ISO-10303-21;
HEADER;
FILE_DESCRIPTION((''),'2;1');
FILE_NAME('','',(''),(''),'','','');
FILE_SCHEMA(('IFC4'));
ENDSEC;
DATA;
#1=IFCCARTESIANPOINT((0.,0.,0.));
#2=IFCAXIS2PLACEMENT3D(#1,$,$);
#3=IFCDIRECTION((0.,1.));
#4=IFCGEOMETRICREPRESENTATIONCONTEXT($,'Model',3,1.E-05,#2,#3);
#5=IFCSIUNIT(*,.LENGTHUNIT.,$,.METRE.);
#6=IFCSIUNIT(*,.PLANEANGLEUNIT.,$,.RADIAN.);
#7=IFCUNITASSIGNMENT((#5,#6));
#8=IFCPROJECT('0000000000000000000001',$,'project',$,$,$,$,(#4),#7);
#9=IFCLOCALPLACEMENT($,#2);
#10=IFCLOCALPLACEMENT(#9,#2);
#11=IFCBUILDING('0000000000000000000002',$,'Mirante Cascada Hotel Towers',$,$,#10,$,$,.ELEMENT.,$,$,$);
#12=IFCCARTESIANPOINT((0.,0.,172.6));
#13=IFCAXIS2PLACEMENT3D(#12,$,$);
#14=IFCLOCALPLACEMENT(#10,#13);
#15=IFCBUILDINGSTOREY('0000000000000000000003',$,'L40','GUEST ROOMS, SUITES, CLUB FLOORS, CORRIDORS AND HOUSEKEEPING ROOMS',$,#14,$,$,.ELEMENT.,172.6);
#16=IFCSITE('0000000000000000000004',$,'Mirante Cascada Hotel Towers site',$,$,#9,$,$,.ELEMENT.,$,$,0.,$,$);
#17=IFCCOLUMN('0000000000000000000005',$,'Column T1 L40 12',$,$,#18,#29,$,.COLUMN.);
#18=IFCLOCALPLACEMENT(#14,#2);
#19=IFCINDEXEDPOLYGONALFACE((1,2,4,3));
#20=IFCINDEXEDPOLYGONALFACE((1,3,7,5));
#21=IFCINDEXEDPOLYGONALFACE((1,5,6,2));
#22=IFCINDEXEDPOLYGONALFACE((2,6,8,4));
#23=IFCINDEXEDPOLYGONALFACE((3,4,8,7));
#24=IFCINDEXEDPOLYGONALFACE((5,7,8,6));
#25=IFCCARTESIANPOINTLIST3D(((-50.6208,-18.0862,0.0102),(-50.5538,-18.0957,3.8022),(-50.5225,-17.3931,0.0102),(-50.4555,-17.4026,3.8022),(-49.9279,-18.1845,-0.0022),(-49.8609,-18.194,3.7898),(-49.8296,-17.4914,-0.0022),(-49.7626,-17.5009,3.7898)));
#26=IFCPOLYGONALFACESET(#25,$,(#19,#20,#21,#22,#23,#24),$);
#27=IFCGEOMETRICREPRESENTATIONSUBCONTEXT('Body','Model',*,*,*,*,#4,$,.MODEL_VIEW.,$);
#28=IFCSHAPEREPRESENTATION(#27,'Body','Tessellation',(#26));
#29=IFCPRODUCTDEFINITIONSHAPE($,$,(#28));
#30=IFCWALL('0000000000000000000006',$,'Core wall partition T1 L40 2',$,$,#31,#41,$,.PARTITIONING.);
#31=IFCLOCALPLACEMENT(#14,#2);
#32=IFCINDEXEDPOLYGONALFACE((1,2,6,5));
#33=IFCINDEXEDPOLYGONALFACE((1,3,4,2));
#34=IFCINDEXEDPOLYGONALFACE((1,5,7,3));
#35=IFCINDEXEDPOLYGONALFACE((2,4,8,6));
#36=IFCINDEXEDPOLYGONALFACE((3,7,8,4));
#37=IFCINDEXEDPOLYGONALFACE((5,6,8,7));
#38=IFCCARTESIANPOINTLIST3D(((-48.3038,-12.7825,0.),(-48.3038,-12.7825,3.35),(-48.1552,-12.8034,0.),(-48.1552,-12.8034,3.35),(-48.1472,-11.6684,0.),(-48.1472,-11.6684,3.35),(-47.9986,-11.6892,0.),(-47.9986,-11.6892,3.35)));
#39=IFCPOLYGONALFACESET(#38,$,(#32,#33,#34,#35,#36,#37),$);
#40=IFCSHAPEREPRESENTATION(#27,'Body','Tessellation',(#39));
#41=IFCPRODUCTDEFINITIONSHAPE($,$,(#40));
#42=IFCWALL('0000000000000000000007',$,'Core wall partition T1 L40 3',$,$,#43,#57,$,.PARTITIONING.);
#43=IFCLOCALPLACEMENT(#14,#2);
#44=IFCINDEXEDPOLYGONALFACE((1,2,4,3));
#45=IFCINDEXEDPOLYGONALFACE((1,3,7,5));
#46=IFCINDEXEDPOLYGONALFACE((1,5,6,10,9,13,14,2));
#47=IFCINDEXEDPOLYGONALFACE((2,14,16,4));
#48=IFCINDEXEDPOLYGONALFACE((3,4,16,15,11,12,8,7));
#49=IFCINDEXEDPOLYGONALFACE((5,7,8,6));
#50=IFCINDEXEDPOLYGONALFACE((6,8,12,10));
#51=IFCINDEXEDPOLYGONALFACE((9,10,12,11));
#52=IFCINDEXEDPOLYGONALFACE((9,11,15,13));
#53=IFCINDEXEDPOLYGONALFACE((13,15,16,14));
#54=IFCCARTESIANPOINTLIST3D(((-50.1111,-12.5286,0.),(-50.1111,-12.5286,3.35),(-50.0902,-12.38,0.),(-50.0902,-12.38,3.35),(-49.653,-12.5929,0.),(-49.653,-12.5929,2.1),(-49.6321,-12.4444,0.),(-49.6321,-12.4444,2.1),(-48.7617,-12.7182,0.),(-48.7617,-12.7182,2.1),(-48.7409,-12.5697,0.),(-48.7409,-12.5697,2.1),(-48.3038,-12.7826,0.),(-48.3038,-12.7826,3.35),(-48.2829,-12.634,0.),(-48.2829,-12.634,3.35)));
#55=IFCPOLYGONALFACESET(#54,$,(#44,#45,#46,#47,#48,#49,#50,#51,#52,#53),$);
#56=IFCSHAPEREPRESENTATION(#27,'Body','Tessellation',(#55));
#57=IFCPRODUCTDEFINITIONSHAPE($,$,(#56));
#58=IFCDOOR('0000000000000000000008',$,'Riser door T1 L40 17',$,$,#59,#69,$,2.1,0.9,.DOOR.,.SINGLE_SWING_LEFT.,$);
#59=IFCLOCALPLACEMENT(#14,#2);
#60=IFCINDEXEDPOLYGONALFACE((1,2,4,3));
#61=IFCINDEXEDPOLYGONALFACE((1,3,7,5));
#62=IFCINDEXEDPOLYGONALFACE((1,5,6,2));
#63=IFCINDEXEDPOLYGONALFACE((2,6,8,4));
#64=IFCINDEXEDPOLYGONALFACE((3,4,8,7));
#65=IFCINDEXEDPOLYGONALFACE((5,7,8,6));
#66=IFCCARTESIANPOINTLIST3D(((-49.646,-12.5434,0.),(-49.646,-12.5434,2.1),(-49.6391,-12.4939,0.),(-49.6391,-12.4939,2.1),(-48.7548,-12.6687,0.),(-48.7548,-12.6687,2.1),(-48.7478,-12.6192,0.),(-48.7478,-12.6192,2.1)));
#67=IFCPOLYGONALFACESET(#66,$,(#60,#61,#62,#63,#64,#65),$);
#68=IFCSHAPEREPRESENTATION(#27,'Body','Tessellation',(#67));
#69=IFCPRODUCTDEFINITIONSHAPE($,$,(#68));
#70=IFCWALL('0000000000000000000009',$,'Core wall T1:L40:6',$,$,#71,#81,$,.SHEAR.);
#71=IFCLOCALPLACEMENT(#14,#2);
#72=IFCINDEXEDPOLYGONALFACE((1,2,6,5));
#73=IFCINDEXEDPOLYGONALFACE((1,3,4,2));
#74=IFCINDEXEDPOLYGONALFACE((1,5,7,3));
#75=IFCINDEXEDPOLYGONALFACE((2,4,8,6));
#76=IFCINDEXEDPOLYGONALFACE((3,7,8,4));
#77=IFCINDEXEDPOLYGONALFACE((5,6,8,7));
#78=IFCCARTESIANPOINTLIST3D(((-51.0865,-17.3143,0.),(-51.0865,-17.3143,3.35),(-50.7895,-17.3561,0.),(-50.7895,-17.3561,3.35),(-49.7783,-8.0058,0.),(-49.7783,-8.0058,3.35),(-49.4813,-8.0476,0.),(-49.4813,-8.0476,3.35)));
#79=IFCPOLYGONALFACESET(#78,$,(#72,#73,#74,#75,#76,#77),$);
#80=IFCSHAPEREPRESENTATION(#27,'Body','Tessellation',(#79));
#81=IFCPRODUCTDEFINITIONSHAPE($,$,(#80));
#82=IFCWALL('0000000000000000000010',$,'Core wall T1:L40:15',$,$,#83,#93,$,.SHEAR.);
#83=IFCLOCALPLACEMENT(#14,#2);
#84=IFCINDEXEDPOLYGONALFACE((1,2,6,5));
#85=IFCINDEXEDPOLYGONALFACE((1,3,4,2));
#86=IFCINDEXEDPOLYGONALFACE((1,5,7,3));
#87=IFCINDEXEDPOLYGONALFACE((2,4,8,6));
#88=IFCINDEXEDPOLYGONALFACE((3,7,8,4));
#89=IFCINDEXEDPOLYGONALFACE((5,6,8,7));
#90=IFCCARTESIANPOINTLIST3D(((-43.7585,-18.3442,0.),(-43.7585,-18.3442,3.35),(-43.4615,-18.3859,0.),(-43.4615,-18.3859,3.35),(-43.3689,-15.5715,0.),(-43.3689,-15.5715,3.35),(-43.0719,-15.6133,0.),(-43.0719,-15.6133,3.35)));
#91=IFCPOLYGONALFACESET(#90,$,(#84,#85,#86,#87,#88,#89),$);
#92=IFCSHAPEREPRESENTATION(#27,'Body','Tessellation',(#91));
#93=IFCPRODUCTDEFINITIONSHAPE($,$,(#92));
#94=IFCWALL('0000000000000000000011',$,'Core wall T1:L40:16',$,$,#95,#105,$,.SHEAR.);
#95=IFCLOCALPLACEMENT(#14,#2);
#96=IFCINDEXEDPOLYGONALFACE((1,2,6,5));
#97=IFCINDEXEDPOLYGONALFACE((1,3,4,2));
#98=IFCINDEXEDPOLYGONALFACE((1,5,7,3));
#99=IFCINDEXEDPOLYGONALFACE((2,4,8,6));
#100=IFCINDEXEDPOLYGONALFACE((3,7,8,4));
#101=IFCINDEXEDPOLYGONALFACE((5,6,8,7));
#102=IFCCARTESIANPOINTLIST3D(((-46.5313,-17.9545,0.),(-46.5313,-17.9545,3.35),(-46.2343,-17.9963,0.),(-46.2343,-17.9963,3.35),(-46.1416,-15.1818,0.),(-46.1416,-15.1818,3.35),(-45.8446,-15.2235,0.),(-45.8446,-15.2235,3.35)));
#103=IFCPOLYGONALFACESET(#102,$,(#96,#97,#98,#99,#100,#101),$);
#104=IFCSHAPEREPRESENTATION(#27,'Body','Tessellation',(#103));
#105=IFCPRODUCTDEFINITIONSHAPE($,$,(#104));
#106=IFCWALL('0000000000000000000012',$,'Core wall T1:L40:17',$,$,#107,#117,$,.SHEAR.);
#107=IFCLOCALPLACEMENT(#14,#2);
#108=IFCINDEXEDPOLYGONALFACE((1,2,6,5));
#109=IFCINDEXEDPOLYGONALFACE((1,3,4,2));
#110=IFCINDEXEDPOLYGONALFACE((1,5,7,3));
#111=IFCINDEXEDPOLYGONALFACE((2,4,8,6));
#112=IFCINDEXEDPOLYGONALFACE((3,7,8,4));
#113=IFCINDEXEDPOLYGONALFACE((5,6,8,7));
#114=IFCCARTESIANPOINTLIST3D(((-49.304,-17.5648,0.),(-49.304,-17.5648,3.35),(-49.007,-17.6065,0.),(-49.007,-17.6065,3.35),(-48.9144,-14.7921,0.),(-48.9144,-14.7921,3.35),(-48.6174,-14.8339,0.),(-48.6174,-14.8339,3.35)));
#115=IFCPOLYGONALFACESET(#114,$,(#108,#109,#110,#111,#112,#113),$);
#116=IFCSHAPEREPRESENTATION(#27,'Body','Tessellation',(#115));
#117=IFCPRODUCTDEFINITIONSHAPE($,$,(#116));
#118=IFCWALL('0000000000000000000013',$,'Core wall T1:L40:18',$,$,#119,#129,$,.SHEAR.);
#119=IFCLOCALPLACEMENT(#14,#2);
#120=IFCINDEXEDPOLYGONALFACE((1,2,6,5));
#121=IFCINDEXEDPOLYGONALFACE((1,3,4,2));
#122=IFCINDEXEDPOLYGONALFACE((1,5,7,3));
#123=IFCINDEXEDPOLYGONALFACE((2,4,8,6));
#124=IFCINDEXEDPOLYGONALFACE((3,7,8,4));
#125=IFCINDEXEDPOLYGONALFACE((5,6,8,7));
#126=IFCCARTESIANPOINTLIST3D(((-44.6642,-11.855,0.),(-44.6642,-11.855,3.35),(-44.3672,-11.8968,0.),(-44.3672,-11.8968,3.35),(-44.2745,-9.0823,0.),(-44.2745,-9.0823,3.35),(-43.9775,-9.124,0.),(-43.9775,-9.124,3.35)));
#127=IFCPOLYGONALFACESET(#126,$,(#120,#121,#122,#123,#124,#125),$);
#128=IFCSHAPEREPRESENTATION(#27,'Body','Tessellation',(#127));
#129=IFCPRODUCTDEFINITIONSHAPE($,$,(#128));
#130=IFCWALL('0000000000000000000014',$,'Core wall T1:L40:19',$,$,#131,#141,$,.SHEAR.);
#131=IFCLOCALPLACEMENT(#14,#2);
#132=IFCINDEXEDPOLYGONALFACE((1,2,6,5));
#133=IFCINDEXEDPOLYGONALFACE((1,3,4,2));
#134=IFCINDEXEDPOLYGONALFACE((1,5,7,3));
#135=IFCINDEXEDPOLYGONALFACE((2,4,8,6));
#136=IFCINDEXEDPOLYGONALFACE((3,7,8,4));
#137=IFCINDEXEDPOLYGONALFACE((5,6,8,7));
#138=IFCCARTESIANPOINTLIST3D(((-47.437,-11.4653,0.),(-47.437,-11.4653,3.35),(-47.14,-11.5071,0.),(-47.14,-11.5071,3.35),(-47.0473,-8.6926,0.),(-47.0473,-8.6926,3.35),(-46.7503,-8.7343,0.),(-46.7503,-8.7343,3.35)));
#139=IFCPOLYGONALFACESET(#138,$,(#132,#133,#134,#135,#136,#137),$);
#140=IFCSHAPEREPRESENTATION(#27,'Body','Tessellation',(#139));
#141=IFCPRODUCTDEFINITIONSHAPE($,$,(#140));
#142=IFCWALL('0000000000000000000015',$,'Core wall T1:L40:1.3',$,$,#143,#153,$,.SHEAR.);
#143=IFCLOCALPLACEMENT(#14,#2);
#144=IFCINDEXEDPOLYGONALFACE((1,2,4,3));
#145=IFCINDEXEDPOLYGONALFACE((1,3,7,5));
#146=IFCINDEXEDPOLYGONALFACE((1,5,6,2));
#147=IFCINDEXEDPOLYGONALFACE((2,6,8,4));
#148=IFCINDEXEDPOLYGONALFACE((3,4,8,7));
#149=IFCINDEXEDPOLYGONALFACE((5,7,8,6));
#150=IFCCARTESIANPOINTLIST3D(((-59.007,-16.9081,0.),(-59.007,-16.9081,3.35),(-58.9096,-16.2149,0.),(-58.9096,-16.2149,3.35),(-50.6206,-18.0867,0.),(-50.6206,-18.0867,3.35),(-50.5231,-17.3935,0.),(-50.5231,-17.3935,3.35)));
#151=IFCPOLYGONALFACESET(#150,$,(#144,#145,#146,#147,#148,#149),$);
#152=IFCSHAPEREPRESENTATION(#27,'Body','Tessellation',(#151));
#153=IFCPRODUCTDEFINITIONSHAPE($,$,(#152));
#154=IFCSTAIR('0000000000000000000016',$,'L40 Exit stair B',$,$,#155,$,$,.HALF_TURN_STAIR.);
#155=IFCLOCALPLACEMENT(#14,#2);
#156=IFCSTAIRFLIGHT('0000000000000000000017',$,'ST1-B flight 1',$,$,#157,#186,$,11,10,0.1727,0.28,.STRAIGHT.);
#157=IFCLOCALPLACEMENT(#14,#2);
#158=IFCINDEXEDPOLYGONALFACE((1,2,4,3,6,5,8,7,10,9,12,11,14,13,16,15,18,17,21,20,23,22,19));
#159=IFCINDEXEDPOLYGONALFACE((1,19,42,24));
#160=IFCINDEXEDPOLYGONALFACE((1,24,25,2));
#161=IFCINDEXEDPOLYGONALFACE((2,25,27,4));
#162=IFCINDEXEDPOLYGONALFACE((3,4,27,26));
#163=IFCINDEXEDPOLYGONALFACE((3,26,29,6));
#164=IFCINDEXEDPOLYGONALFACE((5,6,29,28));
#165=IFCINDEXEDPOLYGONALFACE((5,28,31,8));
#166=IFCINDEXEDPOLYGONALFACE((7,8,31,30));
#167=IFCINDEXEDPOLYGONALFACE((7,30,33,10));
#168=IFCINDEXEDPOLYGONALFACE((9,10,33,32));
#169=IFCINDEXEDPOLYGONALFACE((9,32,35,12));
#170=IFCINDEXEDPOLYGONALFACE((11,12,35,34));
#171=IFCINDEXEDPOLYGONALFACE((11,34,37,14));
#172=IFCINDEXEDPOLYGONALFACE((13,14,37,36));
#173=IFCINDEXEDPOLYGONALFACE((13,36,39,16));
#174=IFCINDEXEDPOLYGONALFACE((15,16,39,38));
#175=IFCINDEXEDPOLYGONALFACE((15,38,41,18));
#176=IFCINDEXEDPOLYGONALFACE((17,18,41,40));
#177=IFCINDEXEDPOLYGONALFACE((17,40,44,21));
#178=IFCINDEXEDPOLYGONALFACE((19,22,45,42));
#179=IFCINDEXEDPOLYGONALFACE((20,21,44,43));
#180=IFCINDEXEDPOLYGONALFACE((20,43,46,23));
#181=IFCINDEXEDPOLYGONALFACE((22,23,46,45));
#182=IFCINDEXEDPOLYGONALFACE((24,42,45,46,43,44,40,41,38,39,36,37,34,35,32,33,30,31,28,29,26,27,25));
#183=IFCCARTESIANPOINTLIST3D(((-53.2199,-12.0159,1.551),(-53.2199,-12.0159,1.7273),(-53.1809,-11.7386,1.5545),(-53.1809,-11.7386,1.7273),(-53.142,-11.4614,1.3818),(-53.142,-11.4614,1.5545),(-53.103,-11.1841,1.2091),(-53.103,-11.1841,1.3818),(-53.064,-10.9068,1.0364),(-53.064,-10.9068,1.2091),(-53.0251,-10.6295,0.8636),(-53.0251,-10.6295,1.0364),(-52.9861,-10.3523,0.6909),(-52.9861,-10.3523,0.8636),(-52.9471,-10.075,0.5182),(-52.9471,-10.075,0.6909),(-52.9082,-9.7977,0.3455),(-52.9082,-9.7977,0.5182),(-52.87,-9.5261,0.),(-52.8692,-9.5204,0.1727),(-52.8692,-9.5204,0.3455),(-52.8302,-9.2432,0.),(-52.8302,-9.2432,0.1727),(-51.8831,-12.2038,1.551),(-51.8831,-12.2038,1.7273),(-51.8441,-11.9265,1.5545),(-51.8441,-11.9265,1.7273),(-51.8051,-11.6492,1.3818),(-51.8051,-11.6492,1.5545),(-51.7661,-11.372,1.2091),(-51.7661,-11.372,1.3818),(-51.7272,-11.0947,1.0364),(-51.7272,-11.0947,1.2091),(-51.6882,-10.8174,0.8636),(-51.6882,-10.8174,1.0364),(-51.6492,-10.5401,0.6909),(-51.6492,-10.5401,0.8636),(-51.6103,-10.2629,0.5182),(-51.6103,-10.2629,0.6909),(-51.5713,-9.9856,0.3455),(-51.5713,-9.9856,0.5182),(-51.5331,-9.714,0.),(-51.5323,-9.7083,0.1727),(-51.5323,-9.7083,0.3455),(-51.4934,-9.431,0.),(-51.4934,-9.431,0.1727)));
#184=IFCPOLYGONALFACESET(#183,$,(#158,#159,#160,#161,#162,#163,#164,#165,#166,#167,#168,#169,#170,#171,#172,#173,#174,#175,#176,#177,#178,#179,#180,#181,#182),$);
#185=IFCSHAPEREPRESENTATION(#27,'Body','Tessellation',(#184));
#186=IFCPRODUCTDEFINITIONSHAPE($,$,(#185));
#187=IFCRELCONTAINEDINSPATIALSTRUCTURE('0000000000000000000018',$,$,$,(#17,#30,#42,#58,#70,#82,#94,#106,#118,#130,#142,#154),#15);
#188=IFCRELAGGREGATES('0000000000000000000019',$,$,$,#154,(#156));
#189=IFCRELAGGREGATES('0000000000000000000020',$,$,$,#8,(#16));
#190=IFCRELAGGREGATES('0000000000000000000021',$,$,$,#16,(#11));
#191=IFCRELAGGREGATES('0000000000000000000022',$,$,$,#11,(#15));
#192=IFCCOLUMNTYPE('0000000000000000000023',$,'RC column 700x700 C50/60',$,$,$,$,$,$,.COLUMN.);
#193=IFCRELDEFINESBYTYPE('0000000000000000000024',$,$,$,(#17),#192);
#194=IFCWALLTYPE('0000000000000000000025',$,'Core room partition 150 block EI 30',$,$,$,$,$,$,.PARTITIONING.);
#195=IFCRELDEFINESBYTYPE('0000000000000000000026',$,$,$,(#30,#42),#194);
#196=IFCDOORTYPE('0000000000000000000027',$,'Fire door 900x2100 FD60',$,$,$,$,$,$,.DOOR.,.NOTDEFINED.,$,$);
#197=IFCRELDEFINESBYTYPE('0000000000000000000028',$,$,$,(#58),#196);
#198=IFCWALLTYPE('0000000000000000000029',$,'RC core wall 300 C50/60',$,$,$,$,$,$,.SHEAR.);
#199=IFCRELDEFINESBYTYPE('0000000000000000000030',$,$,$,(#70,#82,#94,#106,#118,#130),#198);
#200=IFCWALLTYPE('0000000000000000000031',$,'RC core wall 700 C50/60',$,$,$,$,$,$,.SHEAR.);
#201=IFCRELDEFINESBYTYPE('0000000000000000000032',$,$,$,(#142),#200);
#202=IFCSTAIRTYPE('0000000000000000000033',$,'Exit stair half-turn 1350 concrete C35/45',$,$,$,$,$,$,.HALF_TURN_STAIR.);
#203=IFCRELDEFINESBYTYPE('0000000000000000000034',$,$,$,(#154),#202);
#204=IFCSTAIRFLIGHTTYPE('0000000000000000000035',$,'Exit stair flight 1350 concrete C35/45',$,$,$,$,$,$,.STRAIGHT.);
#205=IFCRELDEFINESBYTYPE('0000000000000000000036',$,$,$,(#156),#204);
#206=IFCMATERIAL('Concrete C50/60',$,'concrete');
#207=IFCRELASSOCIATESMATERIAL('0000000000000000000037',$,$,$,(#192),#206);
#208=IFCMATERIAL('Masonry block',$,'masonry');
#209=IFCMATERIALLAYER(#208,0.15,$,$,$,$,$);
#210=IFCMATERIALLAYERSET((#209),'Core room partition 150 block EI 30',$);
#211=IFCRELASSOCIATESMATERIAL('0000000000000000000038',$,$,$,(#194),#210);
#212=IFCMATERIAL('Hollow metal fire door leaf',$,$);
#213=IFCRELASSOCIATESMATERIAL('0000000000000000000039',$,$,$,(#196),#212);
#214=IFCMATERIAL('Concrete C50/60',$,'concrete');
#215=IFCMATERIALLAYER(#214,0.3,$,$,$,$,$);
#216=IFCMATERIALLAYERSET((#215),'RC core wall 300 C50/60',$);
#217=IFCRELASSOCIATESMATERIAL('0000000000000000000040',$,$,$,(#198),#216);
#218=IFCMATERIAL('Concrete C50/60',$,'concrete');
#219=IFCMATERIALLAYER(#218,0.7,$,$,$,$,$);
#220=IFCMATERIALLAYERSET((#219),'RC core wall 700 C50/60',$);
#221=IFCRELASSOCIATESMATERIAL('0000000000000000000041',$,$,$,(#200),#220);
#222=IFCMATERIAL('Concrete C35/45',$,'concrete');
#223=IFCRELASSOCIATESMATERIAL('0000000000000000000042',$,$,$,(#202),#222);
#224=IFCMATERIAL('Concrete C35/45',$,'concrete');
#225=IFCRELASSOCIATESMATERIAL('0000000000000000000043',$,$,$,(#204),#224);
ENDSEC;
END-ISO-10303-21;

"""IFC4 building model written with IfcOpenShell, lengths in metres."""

from ifc_helpers import new_model, si_unit, direction, frame, frame_2d, origin, origin_2d, place, context, subcontext, project, spatial, polyline, rectangle, outline, extrude, material, layer, layer_set, material_profile, profile_set, type_object, element, fill, aggregate, save


model = new_model("IFC4")

# Units and contexts
model_context = context("Model", 3, precision=1e-05, world=origin(), true_north=direction((0.0, 1.0)))
body_context = subcontext(model_context, "Body", "Model", "MODEL_VIEW")
ifc_project = project(units=[si_unit("LENGTHUNIT", "METRE"), si_unit("PLANEANGLEUNIT", "RADIAN")], contexts=[model_context])

# Site, building, storey
site_placement = place(None, origin())
site = spatial("IfcSite", under=ifc_project, at=site_placement, Name="Mirante Cascada Hotel Towers site", CompositionType="ELEMENT", RefElevation=0.0)
building_placement = place(site_placement, origin())
building = spatial("IfcBuilding", under=site, at=building_placement, Name="Mirante Cascada Hotel Towers", CompositionType="ELEMENT")
storey_placement = place(building_placement, frame((0.0, 0.0, 172.6)))
storey = spatial("IfcBuildingStorey", under=building, at=storey_placement, Name="L40", Description="GUEST ROOMS, SUITES, CLUB FLOORS, CORRIDORS AND HOUSEKEEPING ROOMS", CompositionType="ELEMENT", Elevation=172.6)

# Column
ifc_material_1 = material(Name="Concrete C50/60", Category="concrete")
ifc_material_profile = material_profile(ifc_material_1, rectangle(XDim=0.7, YDim=0.7, at=origin_2d()), Name="RC column 700x700 C50/60")
ifc_profile_set = profile_set([ifc_material_profile], Name="Concrete C50/60")
column_type = type_object("IfcColumnType", Name="RC column 700x700 C50/60", PredefinedType="COLUMN", material=ifc_profile_set)
column_placement = place(storey_placement, frame((-50.2252, -17.7888, 0.004), z_axis=(0.017666, -0.002505, 0.999841), x_axis=(0.140387, 0.990097, 0.0)))
element("IfcColumn", 1, at=column_placement, inside=storey, type_object=column_type, Name="Column T1 L40 12", PredefinedType="COLUMN", context=body_context, shape_type="SweptSolid", body=[
    extrude(rectangle(XDim=0.7, YDim=0.7, at=origin_2d()), origin(), (0.0, 0.0, 1.0), 3.7926),
])

# Wall
ifc_material_2 = material(Name="Masonry block", Category="masonry")
ifc_layer_1 = layer(ifc_material_2, 0.15)
ifc_layer_set_1 = layer_set([ifc_layer_1], Name="Core room partition 150 block EI 30")
wall_type_1 = type_object("IfcWallType", Name="Core room partition 150 block EI 30", PredefinedType="PARTITIONING", material=ifc_layer_set_1)
wall_1_placement = place(storey_placement, frame((-48.2295, -12.793, 0.0), z_axis=(0.0, 0.0, 1.0), x_axis=(0.139193, 0.990265, 0.0)))
element("IfcWall", 2, at=wall_1_placement, inside=storey, type_object=wall_type_1, Name="Core wall partition T1 L40 2", PredefinedType="PARTITIONING", context=body_context, shape_type="SweptSolid", body=[
    extrude(rectangle(XDim=1.1251, YDim=0.15, at=frame_2d((0.5626, 0.0))), origin(), (0.0, 0.0, 1.0), 3.35),
])

# Wall, opening, door
wall_2_placement = place(storey_placement, frame((-48.2933, -12.7083, 0.0), z_axis=(0.0, 0.0, 1.0), x_axis=(-0.990268, 0.139173, 0.0)))
wall_2 = element("IfcWall", 3, at=wall_2_placement, inside=storey, type_object=wall_type_1, Name="Core wall partition T1 L40 3", PredefinedType="PARTITIONING", context=body_context, shape_type="SweptSolid", body=[
    extrude(rectangle(XDim=1.8251, YDim=0.15, at=frame_2d((0.9126, 0.0))), origin(), (0.0, 0.0, 1.0), 3.35),
])
opening_placement = place(wall_2_placement, frame((0.4625, 0.0, 0.0)))
opening = element("IfcOpeningElement", 4, at=opening_placement, cuts=wall_2, PredefinedType="OPENING", context=body_context, shape_type="SweptSolid", body=[
    extrude(rectangle(XDim=0.9, YDim=2.1, at=frame_2d((0.45, 1.05))), frame((0.0, 0.075, 0.0), z_axis=(0.0, -1.0, 0.0), x_axis=(1.0, 0.0, 0.0)), (0.0, 0.0, 1.0), 0.15),
])
ifc_material_3 = material(Name="Hollow metal fire door leaf")
door_type = type_object("IfcDoorType", Name="Fire door 900x2100 FD60", OperationType="NOTDEFINED", PredefinedType="DOOR", material=ifc_material_3)
door_placement = place(opening_placement, origin())
door = element("IfcDoor", 5, at=door_placement, inside=storey, type_object=door_type, Name="Riser door T1 L40 17", OperationType="SINGLE_SWING_LEFT", OverallHeight=2.1, OverallWidth=0.9, PredefinedType="DOOR", context=body_context, shape_type="SweptSolid", body=[
    extrude(rectangle(XDim=0.9, YDim=2.1, at=frame_2d((0.45, 1.05))), frame((0.0, 0.025, 0.0), z_axis=(0.0, -1.0, 0.0), x_axis=(1.0, 0.0, 0.0)), (0.0, 0.0, 1.0), 0.05),
])
fill(opening, door)

# Walls
ifc_material_4 = material(Name="Concrete C50/60", Category="concrete")
ifc_layer_2 = layer(ifc_material_4, 0.3)
ifc_layer_set_2 = layer_set([ifc_layer_2], Name="RC core wall 300 C50/60")
wall_type_2 = type_object("IfcWallType", Name="RC core wall 300 C50/60", PredefinedType="SHEAR", material=ifc_layer_set_2)
wall_3_placement = place(storey_placement, frame((-50.938, -17.3352, 0.0), z_axis=(0.0, 0.0, 1.0), x_axis=(0.139171, 0.990268, 0.0)))
element("IfcWall", 6, at=wall_3_placement, inside=storey, type_object=wall_type_2, Name="Core wall T1:L40:6", PredefinedType="SHEAR", context=body_context, shape_type="SweptSolid", body=[
    extrude(rectangle(XDim=9.4, YDim=0.3, at=frame_2d((4.7, 0.0))), origin(), (0.0, 0.0, 1.0), 3.35),
])
wall_4_placement = place(storey_placement, frame((-43.61, -18.3651, 0.0), z_axis=(0.0, 0.0, 1.0), x_axis=(0.139146, 0.990272, 0.0)))
element("IfcWall", 7, at=wall_4_placement, inside=storey, type_object=wall_type_2, Name="Core wall T1:L40:15", PredefinedType="SHEAR", context=body_context, shape_type="SweptSolid", body=[
    extrude(rectangle(XDim=2.7999, YDim=0.3, at=frame_2d((1.4, 0.0))), origin(), (0.0, 0.0, 1.0), 3.35),
])
wall_5_placement = place(storey_placement, frame((-46.3828, -17.9754, 0.0), z_axis=(0.0, 0.0, 1.0), x_axis=(0.139181, 0.990267, 0.0)))
element("IfcWall", 8, at=wall_5_placement, inside=storey, type_object=wall_type_2, Name="Core wall T1:L40:16", PredefinedType="SHEAR", context=body_context, shape_type="SweptSolid", body=[
    extrude(rectangle(XDim=2.8, YDim=0.3, at=frame_2d((1.4, 0.0))), origin(), (0.0, 0.0, 1.0), 3.35),
])
wall_6_placement = place(storey_placement, frame((-49.1555, -17.5857, 0.0), z_axis=(0.0, 0.0, 1.0), x_axis=(0.139146, 0.990272, 0.0)))
element("IfcWall", 9, at=wall_6_placement, inside=storey, type_object=wall_type_2, Name="Core wall T1:L40:17", PredefinedType="SHEAR", context=body_context, shape_type="SweptSolid", body=[
    extrude(rectangle(XDim=2.7999, YDim=0.3, at=frame_2d((1.4, 0.0))), origin(), (0.0, 0.0, 1.0), 3.35),
])
for number, where, z_axis, x_axis, name in (
    (10, (-44.5157, -11.8759, 0.0), (0.0, 0.0, 1.0), (0.139181, 0.990267, 0.0), "Core wall T1:L40:18"),
    (11, (-47.2885, -11.4862, 0.0), (0.0, 0.0, 1.0), (0.139181, 0.990267, 0.0), "Core wall T1:L40:19"),
):
    element("IfcWall", number, at=place(storey_placement, frame(where, z_axis=z_axis, x_axis=x_axis)), inside=storey, type_object=wall_type_2, Name=name, PredefinedType="SHEAR", context=body_context, shape_type="SweptSolid", body=[
        extrude(rectangle(XDim=2.8, YDim=0.3, at=frame_2d((1.4, 0.0))), origin(), (0.0, 0.0, 1.0), 3.35),
    ])
ifc_material_5 = material(Name="Concrete C50/60", Category="concrete")
ifc_layer_3 = layer(ifc_material_5, 0.7)
ifc_layer_set_3 = layer_set([ifc_layer_3], Name="RC core wall 700 C50/60")
wall_type_3 = type_object("IfcWallType", Name="RC core wall 700 C50/60", PredefinedType="SHEAR", material=ifc_layer_set_3)
wall_7_placement = place(storey_placement, frame((-50.5719, -17.7401, 0.0), z_axis=(0.0, 0.0, 1.0), x_axis=(-0.990269, 0.139168, 0.0)))
element("IfcWall", 12, at=wall_7_placement, inside=storey, type_object=wall_type_3, Name="Core wall T1:L40:1.3", PredefinedType="SHEAR", context=body_context, shape_type="SweptSolid", body=[
    extrude(rectangle(XDim=8.4689, YDim=0.7, at=frame_2d((4.2344, 0.0))), origin(), (0.0, 0.0, 1.0), 3.35),
])

# Stair, stair flight
ifc_material_6 = material(Name="Concrete C35/45", Category="concrete")
stair_type = type_object("IfcStairType", Name="Exit stair half-turn 1350 concrete C35/45", PredefinedType="HALF_TURN_STAIR", material=ifc_material_6)
stair_placement = place(storey_placement, origin())
stair = element("IfcStair", 13, at=stair_placement, inside=storey, type_object=stair_type, Name="L40 Exit stair B", PredefinedType="HALF_TURN_STAIR")
ifc_material_7 = material(Name="Concrete C35/45", Category="concrete")
stair_flight_type = type_object("IfcStairFlightType", Name="Exit stair flight 1350 concrete C35/45", PredefinedType="STRAIGHT", material=ifc_material_7)
stair_flight_1_placement = place(storey_placement, frame((-52.1618, -9.3371, 0.0), z_axis=(0.0, 0.0, 1.0), x_axis=(-0.139173, -0.990268, 0.0)))
stair_flight_1 = element("IfcStairFlight", 14, at=stair_flight_1_placement, type_object=stair_flight_type, Name="ST1-B flight 1", NumberOfRisers=11, NumberOfTreads=10, PredefinedType="STRAIGHT", RiserHeight=0.1727, TreadLength=0.28, context=body_context, shape_type="SweptSolid", body=[
    extrude(outline(polyline([(0.0, 0.0), (0.0, 0.1727), (0.28, 0.1727), (0.28, 0.3455), (0.56, 0.3455), (0.56, 0.5182), (0.84, 0.5182), (0.84, 0.6909), (1.12, 0.6909), (1.12, 0.8636), (1.4, 0.8636), (1.4, 1.0364), (1.68, 1.0364), (1.68, 1.2091), (1.96, 1.2091), (1.96, 1.3818), (2.24, 1.3818), (2.24, 1.5545), (2.52, 1.5545), (2.52, 1.7273), (2.8, 1.7273), (2.8, 1.9), (2.8, 1.551), (0.2857, 0.0), (0.0, 0.0)])), frame((0.0, 0.675, 0.0), z_axis=(0.0, -1.0, 0.0), x_axis=(1.0, 0.0, 0.0)), (0.0, 0.0, 1.0), 1.35),
])
aggregate(stair, [stair_flight_1])

save(model, "model.ifc")
